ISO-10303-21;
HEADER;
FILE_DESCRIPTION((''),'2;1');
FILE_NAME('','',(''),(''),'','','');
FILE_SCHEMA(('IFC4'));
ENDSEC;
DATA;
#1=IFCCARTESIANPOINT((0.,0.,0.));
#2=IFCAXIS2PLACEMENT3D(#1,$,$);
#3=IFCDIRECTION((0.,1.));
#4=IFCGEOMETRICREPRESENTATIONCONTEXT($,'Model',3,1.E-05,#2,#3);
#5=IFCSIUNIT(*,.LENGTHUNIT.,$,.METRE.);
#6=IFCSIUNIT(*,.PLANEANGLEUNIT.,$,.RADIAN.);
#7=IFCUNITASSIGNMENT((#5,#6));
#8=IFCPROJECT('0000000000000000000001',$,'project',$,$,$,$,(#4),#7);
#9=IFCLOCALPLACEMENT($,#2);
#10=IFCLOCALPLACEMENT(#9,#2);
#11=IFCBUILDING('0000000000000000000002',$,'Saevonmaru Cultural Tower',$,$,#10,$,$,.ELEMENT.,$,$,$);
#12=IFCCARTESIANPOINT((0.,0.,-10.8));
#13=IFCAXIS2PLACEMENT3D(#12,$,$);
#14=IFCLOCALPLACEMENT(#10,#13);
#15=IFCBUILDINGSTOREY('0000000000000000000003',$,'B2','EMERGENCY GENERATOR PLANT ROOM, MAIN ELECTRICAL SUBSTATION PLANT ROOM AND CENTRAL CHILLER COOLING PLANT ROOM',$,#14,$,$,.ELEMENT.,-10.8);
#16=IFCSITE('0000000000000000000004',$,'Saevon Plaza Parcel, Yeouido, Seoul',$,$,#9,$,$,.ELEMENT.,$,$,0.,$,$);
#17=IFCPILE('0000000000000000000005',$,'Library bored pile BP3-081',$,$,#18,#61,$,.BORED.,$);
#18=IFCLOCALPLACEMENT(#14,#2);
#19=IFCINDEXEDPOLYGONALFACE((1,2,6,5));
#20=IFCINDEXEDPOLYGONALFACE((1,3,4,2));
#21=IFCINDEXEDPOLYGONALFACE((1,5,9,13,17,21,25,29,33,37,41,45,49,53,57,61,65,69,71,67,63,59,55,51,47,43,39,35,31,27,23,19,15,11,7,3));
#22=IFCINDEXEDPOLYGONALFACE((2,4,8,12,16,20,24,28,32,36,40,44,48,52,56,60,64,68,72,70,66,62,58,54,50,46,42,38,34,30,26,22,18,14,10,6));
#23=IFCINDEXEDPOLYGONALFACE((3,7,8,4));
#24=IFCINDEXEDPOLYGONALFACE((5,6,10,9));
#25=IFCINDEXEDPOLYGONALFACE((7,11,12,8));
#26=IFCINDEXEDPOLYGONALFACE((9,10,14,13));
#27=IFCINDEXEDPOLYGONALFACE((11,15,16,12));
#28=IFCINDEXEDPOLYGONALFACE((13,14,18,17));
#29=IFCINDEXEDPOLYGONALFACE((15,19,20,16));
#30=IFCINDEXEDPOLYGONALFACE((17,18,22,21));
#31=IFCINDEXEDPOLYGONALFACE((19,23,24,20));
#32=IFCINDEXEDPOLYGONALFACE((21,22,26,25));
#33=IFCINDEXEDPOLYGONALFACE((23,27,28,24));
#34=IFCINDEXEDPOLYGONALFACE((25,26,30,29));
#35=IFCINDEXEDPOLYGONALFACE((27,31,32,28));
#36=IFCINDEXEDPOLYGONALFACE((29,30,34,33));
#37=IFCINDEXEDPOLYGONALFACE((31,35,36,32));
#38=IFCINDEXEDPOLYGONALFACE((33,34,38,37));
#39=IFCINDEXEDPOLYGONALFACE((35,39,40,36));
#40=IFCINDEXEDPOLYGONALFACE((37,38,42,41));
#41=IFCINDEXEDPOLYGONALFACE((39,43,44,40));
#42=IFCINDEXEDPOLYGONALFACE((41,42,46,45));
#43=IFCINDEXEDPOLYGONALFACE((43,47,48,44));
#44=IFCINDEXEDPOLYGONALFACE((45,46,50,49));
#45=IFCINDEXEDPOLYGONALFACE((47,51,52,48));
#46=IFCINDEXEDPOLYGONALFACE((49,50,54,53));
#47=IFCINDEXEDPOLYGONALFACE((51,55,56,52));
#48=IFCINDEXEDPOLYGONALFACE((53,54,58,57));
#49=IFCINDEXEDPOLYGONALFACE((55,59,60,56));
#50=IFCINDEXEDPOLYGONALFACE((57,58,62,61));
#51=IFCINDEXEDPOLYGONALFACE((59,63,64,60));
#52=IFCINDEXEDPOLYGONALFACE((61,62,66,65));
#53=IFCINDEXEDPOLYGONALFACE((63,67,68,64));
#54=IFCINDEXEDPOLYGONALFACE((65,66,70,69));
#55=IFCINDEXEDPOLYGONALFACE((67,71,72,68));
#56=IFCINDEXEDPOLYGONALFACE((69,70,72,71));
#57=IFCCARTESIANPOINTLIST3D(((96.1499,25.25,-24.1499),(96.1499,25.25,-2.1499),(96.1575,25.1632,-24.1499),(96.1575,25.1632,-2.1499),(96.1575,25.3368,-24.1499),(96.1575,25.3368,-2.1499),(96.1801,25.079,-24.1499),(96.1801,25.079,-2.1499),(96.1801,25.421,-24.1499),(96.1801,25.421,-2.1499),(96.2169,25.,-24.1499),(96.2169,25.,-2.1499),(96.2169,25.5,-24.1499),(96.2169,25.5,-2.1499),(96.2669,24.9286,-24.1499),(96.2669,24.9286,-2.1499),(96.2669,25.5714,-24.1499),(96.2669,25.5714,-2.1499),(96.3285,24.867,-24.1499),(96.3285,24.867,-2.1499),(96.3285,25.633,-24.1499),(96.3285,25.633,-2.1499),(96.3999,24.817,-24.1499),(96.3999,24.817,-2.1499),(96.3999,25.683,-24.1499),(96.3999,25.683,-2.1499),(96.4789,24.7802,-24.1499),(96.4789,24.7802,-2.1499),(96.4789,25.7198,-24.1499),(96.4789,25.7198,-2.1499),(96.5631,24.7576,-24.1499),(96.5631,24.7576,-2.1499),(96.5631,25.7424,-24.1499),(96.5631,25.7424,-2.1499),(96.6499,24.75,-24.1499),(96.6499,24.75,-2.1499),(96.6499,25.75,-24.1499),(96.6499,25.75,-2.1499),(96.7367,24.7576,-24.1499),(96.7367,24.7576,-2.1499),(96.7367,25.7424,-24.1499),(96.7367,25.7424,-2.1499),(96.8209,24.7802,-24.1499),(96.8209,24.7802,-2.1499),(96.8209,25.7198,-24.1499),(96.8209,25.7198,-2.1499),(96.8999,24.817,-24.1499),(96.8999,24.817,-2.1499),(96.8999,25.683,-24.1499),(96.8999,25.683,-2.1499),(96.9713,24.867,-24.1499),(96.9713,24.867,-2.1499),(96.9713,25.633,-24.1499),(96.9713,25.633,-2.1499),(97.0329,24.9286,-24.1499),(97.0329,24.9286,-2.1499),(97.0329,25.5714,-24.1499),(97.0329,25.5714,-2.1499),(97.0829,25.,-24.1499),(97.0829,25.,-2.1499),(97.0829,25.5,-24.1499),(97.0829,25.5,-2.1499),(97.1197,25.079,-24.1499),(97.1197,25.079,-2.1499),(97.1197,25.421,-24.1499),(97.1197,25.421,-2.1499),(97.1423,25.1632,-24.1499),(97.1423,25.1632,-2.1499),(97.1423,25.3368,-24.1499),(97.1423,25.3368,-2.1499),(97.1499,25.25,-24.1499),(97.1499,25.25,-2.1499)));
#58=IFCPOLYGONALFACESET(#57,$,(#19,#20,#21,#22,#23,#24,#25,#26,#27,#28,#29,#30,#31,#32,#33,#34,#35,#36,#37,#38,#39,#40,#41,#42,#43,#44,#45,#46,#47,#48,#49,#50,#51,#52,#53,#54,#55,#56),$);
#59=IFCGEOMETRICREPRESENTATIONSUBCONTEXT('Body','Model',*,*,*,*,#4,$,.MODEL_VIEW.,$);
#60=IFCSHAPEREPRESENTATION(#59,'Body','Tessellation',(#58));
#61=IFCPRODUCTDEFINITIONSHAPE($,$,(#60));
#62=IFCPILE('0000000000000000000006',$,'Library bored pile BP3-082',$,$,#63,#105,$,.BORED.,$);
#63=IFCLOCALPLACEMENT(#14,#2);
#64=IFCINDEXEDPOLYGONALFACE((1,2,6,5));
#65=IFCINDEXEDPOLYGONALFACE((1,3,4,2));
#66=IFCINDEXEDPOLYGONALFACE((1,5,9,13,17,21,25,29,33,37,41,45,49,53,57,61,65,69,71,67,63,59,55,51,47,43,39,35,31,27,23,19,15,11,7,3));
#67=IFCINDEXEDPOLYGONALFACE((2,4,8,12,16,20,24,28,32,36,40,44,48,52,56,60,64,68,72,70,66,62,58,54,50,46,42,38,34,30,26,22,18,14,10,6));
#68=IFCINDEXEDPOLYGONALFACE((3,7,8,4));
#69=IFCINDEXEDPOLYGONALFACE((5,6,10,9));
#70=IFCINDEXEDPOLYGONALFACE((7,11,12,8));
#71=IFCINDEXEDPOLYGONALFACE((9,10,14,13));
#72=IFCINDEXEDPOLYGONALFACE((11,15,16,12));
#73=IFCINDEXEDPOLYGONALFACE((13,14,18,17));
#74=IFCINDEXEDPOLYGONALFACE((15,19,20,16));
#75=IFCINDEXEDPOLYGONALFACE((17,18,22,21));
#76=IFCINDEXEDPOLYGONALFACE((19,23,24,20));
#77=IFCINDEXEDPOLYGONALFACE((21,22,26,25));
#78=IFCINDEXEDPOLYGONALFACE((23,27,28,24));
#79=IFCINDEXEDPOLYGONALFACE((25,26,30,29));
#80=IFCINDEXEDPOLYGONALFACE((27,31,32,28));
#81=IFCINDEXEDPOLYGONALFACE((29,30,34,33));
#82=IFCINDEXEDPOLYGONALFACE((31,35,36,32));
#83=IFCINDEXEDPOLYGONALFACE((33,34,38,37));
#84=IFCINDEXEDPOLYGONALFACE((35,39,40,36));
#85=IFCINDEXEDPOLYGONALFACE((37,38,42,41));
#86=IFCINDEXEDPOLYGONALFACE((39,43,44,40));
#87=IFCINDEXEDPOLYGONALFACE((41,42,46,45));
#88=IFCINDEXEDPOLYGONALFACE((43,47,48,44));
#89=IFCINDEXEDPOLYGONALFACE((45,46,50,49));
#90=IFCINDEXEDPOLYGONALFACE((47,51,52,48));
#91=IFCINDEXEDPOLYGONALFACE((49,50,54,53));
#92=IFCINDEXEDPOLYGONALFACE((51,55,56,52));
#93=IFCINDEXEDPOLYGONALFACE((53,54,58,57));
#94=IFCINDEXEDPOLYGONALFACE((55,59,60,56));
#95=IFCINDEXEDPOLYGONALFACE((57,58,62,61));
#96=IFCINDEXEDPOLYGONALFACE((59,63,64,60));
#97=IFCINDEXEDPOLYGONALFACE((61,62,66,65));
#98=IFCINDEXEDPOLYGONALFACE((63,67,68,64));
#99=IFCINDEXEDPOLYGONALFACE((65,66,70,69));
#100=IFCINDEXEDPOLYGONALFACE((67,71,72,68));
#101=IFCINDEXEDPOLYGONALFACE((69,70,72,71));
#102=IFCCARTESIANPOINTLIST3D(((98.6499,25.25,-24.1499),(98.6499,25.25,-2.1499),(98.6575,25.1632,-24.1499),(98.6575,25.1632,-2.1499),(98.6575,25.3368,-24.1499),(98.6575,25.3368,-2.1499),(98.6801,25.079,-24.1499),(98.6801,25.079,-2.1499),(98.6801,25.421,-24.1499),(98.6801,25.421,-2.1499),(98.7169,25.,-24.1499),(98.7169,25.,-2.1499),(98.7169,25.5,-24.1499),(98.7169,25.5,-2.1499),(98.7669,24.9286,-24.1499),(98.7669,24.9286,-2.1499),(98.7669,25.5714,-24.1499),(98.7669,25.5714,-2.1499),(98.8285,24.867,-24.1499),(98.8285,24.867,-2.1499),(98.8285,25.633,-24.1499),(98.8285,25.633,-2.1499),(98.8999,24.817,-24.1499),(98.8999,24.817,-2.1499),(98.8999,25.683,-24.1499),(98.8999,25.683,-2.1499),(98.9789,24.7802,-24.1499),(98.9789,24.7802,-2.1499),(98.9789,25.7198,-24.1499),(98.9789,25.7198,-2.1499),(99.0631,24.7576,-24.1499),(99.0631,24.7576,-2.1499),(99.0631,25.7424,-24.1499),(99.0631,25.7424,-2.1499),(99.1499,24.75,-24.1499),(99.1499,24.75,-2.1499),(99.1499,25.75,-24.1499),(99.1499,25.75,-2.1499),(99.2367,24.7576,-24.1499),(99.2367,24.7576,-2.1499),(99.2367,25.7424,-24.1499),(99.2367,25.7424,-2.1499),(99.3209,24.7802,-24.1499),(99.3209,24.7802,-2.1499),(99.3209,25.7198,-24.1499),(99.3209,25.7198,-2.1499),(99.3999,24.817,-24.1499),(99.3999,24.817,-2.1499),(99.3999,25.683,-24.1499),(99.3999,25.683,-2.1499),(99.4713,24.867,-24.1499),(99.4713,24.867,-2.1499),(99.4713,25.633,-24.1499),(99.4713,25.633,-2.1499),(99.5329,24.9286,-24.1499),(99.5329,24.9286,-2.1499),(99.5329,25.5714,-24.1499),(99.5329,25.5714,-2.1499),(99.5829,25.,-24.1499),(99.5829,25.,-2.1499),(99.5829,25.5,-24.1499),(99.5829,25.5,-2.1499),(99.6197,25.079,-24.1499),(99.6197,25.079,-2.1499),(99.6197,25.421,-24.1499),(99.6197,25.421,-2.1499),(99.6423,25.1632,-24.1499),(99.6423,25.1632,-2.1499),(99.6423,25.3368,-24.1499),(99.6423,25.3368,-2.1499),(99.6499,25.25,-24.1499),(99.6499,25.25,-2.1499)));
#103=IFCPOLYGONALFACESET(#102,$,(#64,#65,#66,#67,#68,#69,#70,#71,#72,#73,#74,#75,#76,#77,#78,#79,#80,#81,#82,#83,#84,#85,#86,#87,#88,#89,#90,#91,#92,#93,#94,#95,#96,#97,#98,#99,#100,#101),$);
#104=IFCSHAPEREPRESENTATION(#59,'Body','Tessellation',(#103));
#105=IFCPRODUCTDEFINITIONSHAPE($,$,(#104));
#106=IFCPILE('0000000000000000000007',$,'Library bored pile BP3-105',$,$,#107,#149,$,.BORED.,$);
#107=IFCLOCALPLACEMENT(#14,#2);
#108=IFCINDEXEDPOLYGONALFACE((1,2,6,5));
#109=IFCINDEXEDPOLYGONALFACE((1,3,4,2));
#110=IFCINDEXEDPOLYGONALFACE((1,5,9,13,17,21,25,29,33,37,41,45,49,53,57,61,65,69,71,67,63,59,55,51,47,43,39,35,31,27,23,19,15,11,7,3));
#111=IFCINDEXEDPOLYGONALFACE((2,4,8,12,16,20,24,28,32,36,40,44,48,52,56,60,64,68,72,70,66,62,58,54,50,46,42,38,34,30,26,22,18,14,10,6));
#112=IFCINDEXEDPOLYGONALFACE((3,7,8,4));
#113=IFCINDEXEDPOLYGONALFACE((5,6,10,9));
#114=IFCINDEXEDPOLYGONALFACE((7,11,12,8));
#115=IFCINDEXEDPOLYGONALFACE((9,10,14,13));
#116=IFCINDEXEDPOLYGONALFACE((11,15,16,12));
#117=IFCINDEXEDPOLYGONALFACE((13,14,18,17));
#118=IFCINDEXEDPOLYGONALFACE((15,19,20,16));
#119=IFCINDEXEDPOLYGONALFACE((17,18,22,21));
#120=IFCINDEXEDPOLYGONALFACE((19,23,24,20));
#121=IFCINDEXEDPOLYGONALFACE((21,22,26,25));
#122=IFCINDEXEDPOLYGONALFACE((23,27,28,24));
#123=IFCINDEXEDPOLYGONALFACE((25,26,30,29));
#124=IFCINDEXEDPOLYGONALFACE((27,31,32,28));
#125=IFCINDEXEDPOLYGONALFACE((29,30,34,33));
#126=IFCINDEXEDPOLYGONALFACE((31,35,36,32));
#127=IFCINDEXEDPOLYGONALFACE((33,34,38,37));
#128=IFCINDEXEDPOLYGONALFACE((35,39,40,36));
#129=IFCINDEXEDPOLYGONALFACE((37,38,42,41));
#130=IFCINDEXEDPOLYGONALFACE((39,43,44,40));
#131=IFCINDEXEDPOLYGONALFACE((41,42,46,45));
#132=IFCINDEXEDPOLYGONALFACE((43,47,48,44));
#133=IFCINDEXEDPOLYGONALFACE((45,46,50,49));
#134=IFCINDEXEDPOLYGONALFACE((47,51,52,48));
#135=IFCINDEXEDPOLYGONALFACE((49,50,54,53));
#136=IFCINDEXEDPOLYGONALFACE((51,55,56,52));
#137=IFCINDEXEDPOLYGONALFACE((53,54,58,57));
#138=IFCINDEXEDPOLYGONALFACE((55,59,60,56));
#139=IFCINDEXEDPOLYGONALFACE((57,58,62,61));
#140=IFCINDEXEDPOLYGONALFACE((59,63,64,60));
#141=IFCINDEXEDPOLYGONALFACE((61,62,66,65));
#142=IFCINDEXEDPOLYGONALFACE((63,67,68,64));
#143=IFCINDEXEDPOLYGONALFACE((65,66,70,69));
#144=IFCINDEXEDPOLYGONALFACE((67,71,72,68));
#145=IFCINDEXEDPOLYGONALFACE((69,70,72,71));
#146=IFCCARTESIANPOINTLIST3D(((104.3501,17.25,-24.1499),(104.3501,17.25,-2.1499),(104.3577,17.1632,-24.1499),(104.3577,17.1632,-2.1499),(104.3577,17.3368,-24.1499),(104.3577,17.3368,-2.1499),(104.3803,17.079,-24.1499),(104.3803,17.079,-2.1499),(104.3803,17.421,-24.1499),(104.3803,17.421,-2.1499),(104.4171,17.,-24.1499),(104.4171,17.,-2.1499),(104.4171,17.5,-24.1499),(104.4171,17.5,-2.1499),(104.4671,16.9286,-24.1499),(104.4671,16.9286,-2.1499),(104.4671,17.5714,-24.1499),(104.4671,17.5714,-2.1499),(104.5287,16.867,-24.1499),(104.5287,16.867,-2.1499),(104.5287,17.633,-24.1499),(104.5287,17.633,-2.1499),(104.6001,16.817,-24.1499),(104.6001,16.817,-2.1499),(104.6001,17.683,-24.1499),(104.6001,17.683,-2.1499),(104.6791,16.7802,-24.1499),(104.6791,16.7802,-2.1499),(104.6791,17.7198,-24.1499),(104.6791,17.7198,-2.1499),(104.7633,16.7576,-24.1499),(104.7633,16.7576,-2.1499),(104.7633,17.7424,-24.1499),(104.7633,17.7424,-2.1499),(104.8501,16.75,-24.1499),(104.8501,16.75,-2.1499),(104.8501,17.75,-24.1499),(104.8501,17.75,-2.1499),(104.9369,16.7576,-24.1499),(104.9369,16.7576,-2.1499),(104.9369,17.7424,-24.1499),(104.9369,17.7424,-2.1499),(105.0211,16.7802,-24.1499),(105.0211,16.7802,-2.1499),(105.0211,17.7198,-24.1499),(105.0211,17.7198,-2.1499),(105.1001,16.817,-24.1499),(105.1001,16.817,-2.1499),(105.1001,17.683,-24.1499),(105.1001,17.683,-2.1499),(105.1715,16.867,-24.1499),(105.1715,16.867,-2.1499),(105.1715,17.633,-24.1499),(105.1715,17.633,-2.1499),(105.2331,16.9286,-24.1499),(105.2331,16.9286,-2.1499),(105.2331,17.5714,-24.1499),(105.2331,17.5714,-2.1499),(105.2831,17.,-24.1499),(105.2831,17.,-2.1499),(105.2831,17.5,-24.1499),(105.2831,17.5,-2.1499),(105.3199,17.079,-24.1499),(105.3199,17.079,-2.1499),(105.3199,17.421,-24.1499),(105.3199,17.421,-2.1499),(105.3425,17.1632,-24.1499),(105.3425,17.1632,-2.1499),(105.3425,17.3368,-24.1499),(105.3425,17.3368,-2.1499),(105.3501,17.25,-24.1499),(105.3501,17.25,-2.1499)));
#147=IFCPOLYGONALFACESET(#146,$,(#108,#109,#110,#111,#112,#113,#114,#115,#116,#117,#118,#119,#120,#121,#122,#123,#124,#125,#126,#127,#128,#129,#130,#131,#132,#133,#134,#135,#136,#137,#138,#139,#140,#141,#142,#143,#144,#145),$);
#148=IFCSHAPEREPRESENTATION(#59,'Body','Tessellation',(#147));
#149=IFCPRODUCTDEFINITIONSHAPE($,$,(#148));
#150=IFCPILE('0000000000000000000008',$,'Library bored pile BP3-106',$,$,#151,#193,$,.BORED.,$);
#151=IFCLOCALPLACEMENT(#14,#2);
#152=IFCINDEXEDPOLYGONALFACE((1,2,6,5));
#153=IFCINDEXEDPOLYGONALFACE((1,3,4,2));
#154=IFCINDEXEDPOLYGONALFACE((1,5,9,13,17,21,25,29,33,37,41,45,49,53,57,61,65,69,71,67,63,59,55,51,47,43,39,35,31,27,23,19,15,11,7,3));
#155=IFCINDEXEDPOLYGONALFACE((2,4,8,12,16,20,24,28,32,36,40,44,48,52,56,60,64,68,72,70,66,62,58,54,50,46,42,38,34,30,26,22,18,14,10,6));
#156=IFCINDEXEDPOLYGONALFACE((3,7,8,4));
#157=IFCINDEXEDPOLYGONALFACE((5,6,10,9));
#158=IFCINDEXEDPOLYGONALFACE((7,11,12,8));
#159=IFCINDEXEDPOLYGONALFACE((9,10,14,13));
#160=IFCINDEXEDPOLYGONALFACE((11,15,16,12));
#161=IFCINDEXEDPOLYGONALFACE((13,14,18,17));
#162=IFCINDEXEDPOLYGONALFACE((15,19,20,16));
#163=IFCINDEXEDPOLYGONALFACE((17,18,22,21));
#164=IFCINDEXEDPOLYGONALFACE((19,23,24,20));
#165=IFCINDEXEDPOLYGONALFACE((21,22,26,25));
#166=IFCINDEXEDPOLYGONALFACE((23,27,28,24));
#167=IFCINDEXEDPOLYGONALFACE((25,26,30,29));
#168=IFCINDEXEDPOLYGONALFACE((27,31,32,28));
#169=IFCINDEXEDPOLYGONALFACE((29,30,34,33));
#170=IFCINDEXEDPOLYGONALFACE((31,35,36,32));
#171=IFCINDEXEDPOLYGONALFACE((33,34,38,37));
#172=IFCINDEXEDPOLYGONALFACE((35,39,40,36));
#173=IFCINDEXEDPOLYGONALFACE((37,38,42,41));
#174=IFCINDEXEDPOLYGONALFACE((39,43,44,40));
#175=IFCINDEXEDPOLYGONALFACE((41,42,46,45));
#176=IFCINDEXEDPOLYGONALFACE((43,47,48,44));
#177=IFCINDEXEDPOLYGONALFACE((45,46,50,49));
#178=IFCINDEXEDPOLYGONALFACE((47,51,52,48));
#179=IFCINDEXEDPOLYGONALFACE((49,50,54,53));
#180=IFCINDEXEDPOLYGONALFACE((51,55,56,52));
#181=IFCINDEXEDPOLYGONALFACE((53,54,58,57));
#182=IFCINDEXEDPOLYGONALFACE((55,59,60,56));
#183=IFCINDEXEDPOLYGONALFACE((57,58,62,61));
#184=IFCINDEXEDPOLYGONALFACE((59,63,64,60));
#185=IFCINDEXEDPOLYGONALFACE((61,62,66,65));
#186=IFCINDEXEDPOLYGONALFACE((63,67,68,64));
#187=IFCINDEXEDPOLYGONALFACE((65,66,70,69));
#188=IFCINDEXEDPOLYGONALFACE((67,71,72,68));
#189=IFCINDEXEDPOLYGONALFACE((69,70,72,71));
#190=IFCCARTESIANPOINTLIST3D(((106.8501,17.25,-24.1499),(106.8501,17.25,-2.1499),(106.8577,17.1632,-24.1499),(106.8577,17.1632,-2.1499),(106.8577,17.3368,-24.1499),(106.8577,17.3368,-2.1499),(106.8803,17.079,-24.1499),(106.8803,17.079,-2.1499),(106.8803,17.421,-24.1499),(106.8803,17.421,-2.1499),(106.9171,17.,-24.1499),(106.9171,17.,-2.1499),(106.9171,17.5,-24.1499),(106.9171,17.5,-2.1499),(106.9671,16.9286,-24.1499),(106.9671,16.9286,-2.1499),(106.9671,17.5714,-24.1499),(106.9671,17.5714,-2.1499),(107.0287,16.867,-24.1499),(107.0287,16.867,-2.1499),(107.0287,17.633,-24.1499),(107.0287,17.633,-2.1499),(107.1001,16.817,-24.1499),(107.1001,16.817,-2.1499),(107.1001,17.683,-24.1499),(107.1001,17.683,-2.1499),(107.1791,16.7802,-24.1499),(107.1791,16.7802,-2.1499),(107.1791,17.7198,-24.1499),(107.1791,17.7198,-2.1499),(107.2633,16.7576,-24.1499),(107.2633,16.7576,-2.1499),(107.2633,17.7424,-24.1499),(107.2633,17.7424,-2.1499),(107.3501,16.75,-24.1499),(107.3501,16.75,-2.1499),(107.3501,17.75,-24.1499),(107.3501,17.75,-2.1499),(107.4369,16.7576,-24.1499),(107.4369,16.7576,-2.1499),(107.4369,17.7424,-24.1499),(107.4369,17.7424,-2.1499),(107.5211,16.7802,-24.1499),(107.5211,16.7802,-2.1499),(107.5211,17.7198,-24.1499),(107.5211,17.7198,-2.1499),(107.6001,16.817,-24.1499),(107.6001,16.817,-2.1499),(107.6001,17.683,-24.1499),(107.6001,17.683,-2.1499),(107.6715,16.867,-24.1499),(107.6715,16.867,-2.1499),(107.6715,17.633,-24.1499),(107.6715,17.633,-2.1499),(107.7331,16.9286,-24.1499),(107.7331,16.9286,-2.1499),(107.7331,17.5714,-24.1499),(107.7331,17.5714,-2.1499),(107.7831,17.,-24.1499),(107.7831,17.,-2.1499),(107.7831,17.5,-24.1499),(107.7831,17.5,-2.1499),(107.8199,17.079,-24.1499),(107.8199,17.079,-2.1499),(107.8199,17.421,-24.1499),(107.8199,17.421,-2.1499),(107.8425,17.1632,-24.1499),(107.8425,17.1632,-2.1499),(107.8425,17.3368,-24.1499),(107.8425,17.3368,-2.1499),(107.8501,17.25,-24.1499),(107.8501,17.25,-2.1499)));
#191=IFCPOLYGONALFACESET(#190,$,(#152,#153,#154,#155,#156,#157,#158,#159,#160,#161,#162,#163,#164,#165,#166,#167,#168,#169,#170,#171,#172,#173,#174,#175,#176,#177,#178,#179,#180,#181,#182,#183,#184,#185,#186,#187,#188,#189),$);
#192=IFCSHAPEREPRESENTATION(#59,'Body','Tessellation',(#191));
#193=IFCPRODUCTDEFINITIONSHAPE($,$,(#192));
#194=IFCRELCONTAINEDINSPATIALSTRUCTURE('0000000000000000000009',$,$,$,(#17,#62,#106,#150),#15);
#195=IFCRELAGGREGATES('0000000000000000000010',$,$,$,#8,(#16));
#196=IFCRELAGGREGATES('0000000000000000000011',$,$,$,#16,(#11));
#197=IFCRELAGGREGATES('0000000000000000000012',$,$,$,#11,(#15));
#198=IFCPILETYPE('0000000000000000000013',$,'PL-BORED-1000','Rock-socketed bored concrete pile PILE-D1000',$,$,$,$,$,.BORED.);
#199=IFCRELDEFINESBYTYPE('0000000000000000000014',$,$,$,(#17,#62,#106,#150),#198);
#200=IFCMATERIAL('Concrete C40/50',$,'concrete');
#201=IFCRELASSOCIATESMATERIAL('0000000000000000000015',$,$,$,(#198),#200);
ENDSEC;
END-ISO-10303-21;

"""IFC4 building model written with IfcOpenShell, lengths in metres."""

from ifc_helpers import new_model, si_unit, direction, frame, origin, origin_2d, place, context, subcontext, project, spatial, circle, extrude, material, material_profile, profile_set, type_object, element, save


model = new_model("IFC4")

# Units and contexts
model_context = context("Model", 3, precision=1e-05, world=origin(), true_north=direction((0.0, 1.0)))
body_context = subcontext(model_context, "Body", "Model", "MODEL_VIEW")
ifc_project = project(units=[si_unit("LENGTHUNIT", "METRE"), si_unit("PLANEANGLEUNIT", "RADIAN")], contexts=[model_context])

# Site, building, storey
site_placement = place(None, origin())
site = spatial("IfcSite", under=ifc_project, at=site_placement, Name="Saevon Plaza Parcel, Yeouido, Seoul", CompositionType="ELEMENT", RefElevation=0.0)
building_placement = place(site_placement, origin())
building = spatial("IfcBuilding", under=site, at=building_placement, Name="Saevonmaru Cultural Tower", CompositionType="ELEMENT")
storey_placement = place(building_placement, frame((0.0, 0.0, -10.8)))
storey = spatial("IfcBuildingStorey", under=building, at=storey_placement, Name="B2", Description="EMERGENCY GENERATOR PLANT ROOM, MAIN ELECTRICAL SUBSTATION PLANT ROOM AND CENTRAL CHILLER COOLING PLANT ROOM", CompositionType="ELEMENT", Elevation=-10.8)

# Piles
ifc_material_1 = material(Name="Concrete C40/50", Category="concrete")
ifc_material_profile_1 = material_profile(ifc_material_1, circle(Radius=0.5, at=origin_2d()), Name="PILE-D1000")
ifc_profile_set_1 = profile_set([ifc_material_profile_1], Name="Concrete C40/50")
pile_type = type_object("IfcPileType", Name="PL-BORED-1000", Description="Rock-socketed bored concrete pile PILE-D1000", PredefinedType="BORED", material=ifc_profile_set_1)
for number, where, z_axis, x_axis, name in (
    (1, (96.6499, 25.25, -2.1499), (0.0, 0.0, -1.0), (1.0, 0.0, 0.0), "Library bored pile BP3-081"),
    (2, (99.1499, 25.25, -2.1499), (0.0, 0.0, -1.0), (1.0, 0.0, 0.0), "Library bored pile BP3-082"),
    (3, (104.8501, 17.25, -2.1499), (0.0, 0.0, -1.0), (1.0, 0.0, 0.0), "Library bored pile BP3-105"),
    (4, (107.3501, 17.25, -2.1499), (0.0, 0.0, -1.0), (1.0, 0.0, 0.0), "Library bored pile BP3-106"),
):
    element("IfcPile", number, at=place(storey_placement, frame(where, z_axis=z_axis, x_axis=x_axis)), inside=storey, type_object=pile_type, Name=name, PredefinedType="BORED", context=body_context, shape_type="SweptSolid", body=[
        extrude(circle(Radius=0.5, at=origin_2d()), origin(), (0.0, 0.0, 1.0), 22.0),
    ])

save(model, "model.ifc")
